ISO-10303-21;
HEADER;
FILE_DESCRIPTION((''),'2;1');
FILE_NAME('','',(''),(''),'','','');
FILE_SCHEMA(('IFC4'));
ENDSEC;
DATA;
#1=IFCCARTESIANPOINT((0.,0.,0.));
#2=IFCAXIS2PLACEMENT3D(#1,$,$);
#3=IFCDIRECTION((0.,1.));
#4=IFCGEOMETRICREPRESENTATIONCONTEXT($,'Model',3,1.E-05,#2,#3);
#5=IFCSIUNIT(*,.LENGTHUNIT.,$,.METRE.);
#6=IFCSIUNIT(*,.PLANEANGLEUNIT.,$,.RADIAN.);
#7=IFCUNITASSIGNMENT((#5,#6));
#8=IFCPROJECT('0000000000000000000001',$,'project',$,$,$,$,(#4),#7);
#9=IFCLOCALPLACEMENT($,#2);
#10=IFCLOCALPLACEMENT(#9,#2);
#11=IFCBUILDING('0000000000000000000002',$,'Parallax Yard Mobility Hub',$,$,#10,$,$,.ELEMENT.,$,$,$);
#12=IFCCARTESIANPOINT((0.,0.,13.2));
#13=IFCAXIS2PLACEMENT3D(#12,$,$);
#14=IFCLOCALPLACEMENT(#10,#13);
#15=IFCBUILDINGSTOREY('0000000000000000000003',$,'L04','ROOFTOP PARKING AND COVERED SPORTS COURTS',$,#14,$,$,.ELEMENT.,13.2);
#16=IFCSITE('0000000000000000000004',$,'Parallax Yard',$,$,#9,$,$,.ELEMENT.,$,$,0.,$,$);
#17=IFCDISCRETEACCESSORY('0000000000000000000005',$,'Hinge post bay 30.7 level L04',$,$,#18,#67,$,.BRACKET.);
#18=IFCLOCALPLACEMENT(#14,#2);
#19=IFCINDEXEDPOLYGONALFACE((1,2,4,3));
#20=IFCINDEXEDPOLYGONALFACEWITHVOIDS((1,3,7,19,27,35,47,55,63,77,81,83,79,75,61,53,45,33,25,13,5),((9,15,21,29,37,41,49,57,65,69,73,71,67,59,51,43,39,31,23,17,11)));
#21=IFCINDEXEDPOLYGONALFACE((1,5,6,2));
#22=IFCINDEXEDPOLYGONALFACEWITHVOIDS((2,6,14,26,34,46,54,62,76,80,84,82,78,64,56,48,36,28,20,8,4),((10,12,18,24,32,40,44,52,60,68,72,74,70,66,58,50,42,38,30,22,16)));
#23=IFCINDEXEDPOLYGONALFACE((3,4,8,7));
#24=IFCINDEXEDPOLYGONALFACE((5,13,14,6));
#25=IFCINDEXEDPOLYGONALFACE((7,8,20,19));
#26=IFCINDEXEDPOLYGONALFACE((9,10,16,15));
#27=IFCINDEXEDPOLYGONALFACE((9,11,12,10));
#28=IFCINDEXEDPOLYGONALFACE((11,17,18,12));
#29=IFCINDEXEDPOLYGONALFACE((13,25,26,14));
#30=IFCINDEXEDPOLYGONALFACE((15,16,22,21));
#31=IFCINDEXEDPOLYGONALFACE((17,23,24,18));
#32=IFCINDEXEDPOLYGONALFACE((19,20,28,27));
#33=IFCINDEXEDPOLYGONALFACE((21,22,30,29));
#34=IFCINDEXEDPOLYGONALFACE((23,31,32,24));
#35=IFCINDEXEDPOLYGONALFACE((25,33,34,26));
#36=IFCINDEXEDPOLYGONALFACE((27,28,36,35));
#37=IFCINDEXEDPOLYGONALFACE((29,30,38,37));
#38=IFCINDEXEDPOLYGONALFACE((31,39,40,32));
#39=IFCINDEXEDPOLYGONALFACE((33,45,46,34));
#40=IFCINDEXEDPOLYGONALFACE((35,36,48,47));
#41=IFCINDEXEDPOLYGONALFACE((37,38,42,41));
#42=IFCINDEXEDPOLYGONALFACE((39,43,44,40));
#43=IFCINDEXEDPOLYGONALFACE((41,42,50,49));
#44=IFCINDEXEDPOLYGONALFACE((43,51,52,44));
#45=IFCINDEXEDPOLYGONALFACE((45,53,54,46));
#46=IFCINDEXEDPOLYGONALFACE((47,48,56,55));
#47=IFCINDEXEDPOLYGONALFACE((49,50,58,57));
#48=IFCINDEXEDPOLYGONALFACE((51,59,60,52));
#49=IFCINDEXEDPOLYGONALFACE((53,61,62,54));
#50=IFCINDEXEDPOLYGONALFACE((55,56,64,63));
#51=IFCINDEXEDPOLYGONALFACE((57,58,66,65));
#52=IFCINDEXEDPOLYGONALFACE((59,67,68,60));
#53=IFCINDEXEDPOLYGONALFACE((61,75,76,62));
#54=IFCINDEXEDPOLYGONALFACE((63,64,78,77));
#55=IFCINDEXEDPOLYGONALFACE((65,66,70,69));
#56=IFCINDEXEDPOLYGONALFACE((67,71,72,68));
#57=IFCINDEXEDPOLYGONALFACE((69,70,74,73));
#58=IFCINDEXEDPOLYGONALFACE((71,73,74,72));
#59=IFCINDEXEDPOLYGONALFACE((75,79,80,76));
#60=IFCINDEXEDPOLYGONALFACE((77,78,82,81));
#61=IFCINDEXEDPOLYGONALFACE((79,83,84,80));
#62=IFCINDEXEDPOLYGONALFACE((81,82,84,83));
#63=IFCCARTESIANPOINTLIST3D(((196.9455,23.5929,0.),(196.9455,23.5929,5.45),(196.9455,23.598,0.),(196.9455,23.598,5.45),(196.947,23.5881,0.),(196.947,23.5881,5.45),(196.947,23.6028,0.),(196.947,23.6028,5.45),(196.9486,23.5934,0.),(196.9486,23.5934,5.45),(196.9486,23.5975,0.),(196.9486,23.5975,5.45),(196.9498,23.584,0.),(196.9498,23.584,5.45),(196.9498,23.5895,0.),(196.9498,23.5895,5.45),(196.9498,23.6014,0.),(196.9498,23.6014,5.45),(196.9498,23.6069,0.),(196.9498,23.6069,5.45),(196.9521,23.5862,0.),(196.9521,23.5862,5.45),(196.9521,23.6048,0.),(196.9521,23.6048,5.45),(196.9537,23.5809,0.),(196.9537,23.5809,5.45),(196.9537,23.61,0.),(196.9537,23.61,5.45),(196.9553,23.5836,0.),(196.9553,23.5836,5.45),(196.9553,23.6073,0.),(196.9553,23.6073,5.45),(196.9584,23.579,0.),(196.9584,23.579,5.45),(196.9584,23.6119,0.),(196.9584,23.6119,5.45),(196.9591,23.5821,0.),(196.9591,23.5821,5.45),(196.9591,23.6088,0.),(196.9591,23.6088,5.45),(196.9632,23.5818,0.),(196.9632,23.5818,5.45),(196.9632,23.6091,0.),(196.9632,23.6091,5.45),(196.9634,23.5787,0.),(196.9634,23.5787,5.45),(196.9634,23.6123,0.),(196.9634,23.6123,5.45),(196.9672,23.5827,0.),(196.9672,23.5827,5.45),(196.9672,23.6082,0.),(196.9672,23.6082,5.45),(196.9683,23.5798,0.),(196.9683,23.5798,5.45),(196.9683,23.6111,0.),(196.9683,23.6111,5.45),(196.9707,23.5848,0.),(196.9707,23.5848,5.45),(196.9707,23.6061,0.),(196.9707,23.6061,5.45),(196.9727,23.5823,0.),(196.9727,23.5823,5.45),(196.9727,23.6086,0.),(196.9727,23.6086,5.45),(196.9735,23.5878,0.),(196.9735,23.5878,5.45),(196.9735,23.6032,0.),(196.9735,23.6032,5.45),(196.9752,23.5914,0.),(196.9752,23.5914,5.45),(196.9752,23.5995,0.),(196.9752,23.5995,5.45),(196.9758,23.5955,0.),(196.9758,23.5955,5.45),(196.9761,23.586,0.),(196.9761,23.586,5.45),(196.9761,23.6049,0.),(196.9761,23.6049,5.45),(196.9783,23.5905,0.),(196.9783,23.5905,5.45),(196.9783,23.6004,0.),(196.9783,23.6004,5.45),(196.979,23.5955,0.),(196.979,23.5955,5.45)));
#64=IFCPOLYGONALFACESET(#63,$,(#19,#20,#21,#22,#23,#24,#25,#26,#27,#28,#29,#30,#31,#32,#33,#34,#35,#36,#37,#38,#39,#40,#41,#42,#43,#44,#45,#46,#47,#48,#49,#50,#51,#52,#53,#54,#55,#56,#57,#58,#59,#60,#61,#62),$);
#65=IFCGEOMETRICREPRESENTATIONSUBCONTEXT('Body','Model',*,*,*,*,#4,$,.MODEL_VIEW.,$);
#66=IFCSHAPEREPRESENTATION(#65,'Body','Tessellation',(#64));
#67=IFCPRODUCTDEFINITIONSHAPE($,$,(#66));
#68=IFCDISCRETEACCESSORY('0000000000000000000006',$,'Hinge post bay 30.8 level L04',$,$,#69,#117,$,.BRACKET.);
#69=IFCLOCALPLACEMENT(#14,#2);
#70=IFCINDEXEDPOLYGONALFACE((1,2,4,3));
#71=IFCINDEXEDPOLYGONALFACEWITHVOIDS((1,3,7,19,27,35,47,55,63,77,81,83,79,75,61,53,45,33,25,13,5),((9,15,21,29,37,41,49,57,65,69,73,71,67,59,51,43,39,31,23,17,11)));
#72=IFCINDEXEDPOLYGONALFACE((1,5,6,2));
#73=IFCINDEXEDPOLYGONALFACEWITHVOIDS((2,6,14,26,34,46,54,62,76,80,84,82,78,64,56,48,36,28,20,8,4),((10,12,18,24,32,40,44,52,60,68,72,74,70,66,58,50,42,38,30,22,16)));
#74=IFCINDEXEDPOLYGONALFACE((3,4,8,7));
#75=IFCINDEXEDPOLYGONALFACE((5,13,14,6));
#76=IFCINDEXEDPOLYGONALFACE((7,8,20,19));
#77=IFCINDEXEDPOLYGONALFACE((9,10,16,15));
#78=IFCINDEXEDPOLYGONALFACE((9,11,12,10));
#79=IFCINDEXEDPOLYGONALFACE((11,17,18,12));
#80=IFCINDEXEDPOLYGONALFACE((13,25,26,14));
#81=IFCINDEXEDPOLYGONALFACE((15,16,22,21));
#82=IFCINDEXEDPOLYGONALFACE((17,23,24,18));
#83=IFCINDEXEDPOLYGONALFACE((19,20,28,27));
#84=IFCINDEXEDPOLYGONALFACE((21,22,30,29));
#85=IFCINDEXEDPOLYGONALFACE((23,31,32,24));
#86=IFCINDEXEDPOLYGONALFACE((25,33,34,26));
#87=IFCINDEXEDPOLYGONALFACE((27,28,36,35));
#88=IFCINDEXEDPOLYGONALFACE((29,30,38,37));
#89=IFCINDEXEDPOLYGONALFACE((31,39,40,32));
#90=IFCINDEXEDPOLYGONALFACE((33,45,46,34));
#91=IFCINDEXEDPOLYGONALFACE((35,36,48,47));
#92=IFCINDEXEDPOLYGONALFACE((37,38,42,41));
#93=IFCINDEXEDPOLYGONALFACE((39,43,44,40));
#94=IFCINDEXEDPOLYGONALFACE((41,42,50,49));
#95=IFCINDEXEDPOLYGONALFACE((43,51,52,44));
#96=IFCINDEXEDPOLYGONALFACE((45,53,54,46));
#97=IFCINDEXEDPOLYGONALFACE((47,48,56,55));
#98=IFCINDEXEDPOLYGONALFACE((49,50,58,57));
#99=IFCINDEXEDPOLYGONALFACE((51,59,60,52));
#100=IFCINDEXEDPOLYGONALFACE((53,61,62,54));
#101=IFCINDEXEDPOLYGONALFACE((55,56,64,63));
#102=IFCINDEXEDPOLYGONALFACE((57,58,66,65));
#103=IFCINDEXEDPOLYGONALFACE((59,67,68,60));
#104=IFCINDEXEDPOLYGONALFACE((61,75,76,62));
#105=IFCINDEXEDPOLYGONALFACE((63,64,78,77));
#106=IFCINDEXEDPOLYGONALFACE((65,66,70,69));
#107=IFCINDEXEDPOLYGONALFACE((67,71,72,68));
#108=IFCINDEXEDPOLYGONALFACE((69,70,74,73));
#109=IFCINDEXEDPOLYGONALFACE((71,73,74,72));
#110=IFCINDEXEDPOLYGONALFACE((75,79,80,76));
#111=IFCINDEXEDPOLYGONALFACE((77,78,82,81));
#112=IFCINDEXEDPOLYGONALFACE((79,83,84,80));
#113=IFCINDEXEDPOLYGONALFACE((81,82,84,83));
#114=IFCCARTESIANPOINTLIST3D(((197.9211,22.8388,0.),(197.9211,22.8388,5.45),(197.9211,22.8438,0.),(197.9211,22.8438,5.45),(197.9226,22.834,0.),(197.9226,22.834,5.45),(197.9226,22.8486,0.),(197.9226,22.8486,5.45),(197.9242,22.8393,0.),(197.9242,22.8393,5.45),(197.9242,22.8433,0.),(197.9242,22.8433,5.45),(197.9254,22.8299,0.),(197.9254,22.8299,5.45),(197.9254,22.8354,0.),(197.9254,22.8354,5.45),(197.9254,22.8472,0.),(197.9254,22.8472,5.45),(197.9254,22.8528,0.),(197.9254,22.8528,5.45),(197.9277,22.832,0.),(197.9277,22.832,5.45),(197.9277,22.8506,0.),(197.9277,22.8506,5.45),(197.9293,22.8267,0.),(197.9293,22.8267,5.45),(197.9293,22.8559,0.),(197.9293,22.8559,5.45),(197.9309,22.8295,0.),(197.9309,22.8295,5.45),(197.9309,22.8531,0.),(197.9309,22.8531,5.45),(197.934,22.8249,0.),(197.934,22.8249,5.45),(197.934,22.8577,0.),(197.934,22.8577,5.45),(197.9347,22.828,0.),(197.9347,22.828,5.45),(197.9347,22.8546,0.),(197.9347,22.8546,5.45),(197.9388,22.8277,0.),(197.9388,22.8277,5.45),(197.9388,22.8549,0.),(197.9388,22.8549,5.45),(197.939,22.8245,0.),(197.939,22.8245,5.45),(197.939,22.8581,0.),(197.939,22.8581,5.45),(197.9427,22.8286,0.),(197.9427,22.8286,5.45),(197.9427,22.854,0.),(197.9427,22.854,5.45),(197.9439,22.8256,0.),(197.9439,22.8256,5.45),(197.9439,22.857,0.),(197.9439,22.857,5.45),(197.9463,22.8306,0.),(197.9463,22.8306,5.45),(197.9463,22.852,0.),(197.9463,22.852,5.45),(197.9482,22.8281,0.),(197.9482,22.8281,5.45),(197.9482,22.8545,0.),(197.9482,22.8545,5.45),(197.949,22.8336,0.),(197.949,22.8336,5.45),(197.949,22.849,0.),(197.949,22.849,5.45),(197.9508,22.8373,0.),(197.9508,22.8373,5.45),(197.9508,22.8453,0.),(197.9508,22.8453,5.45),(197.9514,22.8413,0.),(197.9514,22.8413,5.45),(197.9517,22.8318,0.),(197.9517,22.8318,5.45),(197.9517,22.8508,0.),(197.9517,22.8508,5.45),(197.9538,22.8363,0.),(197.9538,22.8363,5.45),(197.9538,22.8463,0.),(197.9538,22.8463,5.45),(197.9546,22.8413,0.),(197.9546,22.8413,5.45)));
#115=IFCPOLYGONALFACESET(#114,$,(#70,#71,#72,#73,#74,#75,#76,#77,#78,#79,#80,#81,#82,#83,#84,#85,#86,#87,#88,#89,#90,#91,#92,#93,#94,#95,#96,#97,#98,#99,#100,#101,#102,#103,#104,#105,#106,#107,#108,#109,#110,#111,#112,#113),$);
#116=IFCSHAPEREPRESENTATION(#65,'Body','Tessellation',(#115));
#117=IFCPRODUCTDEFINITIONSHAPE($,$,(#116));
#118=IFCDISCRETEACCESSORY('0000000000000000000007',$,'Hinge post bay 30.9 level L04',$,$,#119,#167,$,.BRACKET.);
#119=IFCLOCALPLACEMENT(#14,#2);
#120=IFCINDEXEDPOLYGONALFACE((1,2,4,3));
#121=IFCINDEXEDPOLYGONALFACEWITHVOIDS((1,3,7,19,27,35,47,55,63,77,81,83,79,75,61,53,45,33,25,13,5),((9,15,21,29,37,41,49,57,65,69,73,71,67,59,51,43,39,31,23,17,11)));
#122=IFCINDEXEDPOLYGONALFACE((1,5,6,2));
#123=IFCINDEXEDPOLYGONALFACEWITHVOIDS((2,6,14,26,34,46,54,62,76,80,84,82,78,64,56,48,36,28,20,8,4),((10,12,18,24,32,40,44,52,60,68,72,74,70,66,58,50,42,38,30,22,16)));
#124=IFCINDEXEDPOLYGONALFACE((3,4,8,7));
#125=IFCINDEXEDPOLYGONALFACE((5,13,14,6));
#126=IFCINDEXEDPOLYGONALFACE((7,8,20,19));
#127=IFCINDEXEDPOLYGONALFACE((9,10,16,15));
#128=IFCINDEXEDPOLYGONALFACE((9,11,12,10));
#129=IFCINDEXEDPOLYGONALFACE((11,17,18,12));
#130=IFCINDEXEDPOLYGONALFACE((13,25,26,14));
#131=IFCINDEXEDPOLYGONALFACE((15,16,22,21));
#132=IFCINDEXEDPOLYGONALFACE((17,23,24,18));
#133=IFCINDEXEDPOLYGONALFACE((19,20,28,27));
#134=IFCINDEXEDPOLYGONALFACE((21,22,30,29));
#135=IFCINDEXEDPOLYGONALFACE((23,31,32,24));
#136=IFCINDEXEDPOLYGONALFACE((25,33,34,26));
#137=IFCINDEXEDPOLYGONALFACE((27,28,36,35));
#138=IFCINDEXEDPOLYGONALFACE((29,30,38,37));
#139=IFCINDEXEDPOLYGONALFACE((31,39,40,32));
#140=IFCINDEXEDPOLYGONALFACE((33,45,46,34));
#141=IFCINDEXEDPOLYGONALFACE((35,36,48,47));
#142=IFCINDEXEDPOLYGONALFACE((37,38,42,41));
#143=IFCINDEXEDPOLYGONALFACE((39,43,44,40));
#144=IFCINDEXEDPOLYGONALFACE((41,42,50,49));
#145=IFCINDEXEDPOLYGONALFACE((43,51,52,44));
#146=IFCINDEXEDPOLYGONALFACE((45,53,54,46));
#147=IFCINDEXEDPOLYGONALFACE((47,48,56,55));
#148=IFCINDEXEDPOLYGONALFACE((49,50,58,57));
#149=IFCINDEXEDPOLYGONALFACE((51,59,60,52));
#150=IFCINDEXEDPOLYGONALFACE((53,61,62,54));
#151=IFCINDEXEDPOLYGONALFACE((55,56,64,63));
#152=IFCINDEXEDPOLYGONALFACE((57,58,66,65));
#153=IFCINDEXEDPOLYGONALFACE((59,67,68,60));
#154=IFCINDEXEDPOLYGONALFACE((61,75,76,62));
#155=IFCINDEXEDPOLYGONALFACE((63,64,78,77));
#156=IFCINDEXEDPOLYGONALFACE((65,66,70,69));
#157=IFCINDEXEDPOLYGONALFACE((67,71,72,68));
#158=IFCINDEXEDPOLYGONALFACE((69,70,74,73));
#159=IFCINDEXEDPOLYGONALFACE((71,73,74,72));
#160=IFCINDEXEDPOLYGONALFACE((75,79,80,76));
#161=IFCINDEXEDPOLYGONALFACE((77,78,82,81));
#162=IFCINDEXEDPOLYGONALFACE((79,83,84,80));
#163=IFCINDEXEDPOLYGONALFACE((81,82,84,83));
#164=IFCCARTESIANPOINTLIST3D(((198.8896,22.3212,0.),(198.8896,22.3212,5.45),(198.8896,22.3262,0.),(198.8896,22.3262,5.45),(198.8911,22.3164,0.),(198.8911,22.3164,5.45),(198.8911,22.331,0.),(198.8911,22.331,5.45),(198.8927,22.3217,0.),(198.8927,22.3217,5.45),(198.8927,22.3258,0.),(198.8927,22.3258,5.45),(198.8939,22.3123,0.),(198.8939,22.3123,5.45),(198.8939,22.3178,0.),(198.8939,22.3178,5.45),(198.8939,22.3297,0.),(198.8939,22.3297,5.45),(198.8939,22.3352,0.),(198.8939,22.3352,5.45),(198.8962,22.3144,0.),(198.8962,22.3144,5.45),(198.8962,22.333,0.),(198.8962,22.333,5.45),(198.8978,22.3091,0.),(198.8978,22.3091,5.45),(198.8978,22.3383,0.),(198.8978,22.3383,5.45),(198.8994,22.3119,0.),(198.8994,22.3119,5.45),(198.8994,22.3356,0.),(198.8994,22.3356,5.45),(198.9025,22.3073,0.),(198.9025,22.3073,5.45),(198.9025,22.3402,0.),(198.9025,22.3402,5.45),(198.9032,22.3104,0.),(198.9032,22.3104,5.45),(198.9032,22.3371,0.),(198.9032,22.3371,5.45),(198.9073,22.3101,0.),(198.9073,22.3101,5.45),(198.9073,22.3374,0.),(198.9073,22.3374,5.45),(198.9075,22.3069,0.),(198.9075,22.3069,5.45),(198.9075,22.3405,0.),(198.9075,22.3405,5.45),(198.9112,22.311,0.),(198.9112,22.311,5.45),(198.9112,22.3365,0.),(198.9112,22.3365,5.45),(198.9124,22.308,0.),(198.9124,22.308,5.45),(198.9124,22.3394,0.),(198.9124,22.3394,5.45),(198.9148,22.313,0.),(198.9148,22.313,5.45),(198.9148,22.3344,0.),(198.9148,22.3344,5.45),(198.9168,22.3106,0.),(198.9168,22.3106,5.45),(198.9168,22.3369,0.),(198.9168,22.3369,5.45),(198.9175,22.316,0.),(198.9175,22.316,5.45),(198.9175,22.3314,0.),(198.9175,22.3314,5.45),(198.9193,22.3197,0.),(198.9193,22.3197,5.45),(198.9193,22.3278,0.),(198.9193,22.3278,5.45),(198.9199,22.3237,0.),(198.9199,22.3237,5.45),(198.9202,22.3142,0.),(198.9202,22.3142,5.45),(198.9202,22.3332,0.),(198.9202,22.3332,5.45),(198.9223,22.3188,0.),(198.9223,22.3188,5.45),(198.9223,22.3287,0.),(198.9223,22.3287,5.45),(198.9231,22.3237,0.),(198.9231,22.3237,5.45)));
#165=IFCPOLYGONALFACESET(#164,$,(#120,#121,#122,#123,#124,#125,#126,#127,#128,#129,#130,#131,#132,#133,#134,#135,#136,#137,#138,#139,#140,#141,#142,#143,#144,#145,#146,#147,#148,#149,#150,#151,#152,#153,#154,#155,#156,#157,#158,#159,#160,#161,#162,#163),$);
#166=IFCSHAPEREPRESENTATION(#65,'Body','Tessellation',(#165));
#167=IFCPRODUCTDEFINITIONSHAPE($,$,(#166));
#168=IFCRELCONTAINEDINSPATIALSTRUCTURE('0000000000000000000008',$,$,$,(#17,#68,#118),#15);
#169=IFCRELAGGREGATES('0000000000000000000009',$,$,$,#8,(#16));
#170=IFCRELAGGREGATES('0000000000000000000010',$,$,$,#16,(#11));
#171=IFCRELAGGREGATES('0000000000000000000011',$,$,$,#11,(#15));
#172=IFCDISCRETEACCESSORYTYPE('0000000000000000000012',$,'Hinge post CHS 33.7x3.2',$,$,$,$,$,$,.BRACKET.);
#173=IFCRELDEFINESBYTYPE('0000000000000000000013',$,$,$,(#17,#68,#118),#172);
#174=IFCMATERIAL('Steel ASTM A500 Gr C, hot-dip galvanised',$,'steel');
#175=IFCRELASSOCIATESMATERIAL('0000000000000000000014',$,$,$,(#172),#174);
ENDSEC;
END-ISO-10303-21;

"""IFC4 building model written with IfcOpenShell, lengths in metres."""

from ifc_helpers import new_model, si_unit, direction, frame, origin, origin_2d, place, context, subcontext, project, spatial, hollow_circle, extrude, material, material_profile, profile_set, type_object, element, save


model = new_model("IFC4")

# Units and contexts
model_context = context("Model", 3, precision=1e-05, world=origin(), true_north=direction((0.0, 1.0)))
body_context = subcontext(model_context, "Body", "Model", "MODEL_VIEW")
ifc_project = project(units=[si_unit("LENGTHUNIT", "METRE"), si_unit("PLANEANGLEUNIT", "RADIAN")], contexts=[model_context])

# Site, building, storey
site_placement = place(None, origin())
site = spatial("IfcSite", under=ifc_project, at=site_placement, Name="Parallax Yard", CompositionType="ELEMENT", RefElevation=0.0)
building_placement = place(site_placement, origin())
building = spatial("IfcBuilding", under=site, at=building_placement, Name="Parallax Yard Mobility Hub", CompositionType="ELEMENT")
storey_placement = place(building_placement, frame((0.0, 0.0, 13.2)))
storey = spatial("IfcBuildingStorey", under=building, at=storey_placement, Name="L04", Description="ROOFTOP PARKING AND COVERED SPORTS COURTS", CompositionType="ELEMENT", Elevation=13.2)

# Discrete accessories
ifc_material_1 = material(Name="Steel ASTM A500 Gr C, hot-dip galvanised", Category="steel")
ifc_material_profile_1 = material_profile(ifc_material_1, hollow_circle(Radius=0.0168, WallThickness=0.0032, at=origin_2d()), Name="CHS 33.7x3.2")
ifc_profile_set_1 = profile_set([ifc_material_profile_1], Name="Steel ASTM A500 Gr C, hot-dip galvanised")
discrete_accessory_type_1 = type_object("IfcDiscreteAccessoryType", Name="Hinge post CHS 33.7x3.2", PredefinedType="BRACKET", material=ifc_profile_set_1)
for number, where, z_axis, x_axis, name in (
    (1, (196.9622, 23.5955, 0.0), (0.0, 0.0, 1.0), (1.0, 0.0, 0.0), "Hinge post bay 30.7 level L04"),
    (2, (197.9377, 22.8413, 0.0), (0.0, 0.0, 1.0), (1.0, 0.0, 0.0), "Hinge post bay 30.8 level L04"),
    (3, (198.9062, 22.3237, 0.0), (0.0, 0.0, 1.0), (1.0, 0.0, 0.0), "Hinge post bay 30.9 level L04"),
):
    element("IfcDiscreteAccessory", number, at=place(storey_placement, frame(where, z_axis=z_axis, x_axis=x_axis)), inside=storey, type_object=discrete_accessory_type_1, Name=name, PredefinedType="BRACKET", context=body_context, shape_type="SweptSolid", body=[
        extrude(hollow_circle(Radius=0.0168, WallThickness=0.0032, at=origin_2d()), origin(), (0.0, 0.0, 1.0), 5.45),
    ])

save(model, "model.ifc")
